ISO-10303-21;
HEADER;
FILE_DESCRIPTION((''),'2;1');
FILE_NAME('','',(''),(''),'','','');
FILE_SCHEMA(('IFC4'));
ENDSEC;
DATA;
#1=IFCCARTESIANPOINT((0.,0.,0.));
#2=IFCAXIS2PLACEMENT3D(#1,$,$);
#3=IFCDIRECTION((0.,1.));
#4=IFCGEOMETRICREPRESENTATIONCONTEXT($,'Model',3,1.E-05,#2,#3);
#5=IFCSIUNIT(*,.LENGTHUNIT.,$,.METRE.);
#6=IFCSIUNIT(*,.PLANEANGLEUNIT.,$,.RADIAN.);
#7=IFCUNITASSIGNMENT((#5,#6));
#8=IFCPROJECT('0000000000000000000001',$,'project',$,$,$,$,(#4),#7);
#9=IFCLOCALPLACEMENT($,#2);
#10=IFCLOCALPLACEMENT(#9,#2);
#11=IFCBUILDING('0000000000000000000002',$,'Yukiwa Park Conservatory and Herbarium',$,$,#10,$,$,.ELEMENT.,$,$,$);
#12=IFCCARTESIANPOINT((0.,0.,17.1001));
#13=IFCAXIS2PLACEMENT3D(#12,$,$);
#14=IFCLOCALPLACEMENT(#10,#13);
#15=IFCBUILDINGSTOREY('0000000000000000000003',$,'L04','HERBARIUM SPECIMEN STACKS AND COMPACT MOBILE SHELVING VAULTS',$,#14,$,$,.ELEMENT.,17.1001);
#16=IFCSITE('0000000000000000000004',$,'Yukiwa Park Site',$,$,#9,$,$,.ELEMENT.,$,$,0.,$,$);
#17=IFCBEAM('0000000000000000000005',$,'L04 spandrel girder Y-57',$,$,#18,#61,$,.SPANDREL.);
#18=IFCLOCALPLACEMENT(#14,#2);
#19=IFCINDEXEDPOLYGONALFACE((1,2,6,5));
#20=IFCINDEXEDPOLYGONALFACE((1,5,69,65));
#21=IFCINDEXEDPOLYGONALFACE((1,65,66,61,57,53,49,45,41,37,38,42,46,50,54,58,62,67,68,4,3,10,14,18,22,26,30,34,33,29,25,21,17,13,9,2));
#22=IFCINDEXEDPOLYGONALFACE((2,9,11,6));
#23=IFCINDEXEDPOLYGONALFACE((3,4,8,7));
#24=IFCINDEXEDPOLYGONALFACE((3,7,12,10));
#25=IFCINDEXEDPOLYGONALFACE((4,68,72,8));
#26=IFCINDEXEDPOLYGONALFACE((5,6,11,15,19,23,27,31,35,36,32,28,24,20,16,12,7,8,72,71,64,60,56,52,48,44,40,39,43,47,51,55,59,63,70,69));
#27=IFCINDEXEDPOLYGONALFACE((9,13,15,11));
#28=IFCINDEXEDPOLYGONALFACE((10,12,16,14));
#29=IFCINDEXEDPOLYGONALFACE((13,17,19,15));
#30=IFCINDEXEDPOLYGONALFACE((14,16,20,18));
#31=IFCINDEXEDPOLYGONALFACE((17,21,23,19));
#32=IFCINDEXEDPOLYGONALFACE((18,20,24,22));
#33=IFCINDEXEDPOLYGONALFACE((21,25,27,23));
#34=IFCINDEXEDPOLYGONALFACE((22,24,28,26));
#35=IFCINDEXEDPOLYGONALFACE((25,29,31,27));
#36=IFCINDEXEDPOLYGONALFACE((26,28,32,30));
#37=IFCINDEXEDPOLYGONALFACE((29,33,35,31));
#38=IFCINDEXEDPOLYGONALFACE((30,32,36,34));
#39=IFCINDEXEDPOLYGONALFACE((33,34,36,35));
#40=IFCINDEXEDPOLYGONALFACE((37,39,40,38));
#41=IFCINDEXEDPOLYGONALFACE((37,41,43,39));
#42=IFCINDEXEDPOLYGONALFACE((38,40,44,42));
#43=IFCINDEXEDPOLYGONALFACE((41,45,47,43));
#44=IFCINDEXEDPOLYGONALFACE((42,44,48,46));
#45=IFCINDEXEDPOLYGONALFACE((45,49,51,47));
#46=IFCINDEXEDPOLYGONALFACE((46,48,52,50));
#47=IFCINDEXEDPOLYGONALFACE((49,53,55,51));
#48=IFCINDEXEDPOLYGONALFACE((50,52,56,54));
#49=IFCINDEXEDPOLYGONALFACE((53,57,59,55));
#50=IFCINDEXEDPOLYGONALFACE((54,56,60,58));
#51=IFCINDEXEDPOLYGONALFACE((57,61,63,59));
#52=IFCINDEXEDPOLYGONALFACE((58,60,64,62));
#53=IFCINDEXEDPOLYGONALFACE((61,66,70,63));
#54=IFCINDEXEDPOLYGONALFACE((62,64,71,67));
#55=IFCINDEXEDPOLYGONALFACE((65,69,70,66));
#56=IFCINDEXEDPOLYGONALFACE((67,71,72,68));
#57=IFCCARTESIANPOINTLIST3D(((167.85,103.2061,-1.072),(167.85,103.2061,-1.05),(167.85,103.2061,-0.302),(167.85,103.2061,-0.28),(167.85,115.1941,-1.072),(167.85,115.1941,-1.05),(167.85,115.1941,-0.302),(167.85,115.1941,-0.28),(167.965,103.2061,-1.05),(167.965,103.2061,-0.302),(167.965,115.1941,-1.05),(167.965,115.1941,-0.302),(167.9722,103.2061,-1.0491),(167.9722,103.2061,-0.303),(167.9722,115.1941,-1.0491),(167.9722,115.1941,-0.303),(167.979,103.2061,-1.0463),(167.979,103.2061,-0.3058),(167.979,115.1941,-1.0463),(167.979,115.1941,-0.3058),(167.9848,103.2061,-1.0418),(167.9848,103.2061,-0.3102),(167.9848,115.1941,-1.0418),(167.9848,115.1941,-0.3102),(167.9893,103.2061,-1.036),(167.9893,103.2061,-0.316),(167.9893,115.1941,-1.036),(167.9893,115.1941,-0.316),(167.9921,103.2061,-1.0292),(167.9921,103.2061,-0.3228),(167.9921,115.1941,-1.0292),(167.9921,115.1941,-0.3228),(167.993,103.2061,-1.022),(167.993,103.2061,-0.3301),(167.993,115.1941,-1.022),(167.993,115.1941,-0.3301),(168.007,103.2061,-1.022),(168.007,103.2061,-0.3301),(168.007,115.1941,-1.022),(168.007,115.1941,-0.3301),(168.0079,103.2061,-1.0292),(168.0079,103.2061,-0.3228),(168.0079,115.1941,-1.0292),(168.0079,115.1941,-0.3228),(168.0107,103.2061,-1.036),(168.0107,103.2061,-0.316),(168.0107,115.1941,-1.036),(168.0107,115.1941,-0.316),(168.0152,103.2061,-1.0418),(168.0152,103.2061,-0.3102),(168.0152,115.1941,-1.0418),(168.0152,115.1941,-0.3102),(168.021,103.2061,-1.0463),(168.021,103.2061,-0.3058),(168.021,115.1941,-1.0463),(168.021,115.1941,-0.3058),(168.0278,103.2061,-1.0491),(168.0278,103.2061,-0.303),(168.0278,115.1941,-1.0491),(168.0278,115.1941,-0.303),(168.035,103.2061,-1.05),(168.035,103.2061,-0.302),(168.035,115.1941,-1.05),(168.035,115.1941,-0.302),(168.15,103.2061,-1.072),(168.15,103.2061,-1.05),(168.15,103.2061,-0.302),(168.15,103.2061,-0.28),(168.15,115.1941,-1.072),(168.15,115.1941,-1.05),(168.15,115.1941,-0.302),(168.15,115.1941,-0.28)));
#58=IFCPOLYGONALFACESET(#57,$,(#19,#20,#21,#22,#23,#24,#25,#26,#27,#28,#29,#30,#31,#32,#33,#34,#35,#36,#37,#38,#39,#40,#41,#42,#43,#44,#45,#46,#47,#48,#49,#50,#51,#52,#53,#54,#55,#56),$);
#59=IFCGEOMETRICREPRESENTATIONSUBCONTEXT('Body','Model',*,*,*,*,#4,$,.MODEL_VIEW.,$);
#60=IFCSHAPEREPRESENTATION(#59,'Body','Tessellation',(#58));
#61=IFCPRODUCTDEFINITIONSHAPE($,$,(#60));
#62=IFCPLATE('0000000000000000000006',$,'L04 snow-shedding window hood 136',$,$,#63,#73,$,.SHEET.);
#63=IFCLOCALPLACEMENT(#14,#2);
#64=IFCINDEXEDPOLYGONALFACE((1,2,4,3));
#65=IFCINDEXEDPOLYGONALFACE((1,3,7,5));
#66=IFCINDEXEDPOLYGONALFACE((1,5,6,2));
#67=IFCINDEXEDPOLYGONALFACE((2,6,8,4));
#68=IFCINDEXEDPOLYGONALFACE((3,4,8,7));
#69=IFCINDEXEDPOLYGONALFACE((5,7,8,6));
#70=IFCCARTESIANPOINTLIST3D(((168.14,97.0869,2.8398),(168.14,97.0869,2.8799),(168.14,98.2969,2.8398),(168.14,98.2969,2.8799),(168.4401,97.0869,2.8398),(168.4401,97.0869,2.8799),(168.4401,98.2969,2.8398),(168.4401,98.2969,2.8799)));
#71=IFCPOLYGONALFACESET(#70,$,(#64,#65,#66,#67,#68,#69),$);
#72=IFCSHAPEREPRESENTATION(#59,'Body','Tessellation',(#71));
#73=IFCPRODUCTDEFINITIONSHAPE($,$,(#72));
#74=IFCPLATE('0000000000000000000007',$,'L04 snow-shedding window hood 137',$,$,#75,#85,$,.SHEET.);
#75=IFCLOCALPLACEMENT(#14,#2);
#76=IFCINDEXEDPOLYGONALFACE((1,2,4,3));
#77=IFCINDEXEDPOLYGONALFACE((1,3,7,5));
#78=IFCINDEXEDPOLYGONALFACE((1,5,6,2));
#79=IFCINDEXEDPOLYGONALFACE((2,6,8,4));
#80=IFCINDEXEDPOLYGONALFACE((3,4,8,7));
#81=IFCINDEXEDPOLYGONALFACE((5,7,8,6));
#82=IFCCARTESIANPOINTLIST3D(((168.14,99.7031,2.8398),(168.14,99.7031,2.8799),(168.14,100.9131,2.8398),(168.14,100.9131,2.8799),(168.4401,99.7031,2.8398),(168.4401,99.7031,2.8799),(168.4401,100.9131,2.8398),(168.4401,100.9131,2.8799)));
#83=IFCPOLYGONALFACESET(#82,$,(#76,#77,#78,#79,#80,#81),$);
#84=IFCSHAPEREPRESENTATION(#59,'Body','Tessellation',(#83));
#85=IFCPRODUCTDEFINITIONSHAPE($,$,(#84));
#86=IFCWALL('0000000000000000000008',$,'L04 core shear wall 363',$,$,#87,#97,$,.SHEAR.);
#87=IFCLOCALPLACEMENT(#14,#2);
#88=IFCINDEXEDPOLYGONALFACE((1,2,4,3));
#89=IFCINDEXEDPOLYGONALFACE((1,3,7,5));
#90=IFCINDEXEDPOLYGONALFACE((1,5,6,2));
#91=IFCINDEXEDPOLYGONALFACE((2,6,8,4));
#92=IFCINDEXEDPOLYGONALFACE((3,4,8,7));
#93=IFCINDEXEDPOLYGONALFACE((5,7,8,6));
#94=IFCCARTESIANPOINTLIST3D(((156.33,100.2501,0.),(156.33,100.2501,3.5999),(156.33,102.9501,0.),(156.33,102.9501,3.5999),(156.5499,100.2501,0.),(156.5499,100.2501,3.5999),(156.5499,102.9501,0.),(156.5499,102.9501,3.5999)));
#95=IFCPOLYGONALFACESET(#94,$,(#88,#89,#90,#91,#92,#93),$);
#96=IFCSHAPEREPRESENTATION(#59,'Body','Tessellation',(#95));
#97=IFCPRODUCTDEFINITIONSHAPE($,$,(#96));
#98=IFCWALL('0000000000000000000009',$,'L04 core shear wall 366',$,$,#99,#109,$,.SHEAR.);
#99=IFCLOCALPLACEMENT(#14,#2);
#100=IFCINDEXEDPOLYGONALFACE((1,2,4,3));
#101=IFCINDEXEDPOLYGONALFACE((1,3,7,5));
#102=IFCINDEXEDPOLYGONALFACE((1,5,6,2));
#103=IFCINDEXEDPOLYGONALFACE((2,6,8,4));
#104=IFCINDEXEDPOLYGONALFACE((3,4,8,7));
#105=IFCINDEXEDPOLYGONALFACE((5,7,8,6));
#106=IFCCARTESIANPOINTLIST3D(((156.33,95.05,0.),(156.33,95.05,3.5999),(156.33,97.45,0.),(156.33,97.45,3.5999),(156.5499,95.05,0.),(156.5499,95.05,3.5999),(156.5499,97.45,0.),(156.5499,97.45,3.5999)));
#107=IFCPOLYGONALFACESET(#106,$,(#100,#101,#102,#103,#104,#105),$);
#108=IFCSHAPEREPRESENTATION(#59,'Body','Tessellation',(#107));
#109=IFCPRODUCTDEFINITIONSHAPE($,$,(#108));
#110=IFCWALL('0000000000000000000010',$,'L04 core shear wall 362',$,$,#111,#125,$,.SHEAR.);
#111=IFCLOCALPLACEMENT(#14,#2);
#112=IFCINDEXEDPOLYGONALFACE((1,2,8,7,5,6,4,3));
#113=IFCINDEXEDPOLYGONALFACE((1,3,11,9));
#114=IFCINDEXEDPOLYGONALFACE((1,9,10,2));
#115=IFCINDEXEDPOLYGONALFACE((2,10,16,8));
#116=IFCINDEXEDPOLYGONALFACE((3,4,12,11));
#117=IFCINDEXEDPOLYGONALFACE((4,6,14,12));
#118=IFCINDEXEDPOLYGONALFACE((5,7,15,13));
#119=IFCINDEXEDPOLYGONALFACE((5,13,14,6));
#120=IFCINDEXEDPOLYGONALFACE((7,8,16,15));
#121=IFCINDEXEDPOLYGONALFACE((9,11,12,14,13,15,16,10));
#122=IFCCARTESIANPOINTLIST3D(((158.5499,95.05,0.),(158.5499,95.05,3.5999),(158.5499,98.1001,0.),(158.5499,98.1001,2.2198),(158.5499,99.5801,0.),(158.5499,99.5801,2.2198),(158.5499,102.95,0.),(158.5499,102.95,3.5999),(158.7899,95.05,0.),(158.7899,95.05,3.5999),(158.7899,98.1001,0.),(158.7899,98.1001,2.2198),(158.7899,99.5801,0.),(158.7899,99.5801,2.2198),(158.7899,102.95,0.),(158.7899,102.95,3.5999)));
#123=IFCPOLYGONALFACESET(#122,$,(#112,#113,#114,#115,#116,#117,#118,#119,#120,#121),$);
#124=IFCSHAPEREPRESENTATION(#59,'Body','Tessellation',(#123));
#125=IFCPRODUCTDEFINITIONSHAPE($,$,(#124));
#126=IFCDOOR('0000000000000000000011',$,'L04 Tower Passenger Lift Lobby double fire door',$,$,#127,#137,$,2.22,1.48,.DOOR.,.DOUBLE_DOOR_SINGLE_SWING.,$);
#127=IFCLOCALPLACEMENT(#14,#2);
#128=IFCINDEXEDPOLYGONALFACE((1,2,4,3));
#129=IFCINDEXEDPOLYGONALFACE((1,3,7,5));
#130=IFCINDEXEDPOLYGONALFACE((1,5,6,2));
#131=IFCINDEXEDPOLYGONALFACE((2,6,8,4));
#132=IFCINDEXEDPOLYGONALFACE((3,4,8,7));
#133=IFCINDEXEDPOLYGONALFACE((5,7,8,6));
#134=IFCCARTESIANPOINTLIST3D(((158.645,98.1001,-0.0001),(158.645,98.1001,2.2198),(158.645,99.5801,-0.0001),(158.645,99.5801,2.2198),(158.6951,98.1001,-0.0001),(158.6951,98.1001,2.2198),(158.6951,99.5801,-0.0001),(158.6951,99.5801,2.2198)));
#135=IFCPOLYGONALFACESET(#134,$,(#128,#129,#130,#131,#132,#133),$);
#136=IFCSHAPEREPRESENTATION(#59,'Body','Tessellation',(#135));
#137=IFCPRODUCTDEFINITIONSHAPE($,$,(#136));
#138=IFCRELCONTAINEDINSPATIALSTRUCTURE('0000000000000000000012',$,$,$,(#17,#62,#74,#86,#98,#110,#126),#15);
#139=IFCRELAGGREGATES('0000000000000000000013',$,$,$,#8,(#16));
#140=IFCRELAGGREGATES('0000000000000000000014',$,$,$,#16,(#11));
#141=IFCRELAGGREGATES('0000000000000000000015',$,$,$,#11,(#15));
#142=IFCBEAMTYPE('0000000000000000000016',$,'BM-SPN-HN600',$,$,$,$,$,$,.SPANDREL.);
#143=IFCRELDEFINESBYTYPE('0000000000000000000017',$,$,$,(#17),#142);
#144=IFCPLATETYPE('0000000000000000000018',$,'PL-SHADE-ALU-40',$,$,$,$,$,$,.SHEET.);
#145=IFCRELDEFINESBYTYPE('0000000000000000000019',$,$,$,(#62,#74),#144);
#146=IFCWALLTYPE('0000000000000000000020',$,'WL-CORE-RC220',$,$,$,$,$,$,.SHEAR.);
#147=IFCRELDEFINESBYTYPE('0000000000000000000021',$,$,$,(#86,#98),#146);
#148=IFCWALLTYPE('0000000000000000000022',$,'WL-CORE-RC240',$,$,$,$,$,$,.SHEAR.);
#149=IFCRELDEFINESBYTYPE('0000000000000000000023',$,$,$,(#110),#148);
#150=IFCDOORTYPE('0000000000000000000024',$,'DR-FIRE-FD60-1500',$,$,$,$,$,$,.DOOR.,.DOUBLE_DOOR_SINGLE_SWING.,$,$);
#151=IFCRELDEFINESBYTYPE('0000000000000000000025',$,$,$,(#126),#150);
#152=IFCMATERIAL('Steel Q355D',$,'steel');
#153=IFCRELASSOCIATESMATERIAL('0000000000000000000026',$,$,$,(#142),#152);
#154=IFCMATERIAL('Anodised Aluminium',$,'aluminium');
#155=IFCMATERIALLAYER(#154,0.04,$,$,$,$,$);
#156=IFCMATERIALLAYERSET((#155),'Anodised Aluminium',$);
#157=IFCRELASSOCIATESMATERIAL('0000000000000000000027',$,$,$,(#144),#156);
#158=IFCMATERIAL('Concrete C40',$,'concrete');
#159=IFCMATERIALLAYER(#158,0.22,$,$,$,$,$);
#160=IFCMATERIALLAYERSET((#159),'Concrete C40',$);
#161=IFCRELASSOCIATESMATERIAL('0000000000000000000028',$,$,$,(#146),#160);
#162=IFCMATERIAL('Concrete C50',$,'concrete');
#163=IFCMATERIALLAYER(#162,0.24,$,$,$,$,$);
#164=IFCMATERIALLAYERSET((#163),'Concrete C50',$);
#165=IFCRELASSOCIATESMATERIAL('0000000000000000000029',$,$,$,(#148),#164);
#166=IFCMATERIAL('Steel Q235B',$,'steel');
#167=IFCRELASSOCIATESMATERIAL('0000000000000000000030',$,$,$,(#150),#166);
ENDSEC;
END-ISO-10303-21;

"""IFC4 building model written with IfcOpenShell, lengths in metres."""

from ifc_helpers import new_model, si_unit, direction, frame, frame_2d, origin, origin_2d, place, context, subcontext, project, spatial, rectangle, i_section, extrude, material, layer, layer_set, material_profile, profile_set, type_object, element, fill, save


model = new_model("IFC4")

# Units and contexts
model_context = context("Model", 3, precision=1e-05, world=origin(), true_north=direction((0.0, 1.0)))
body_context = subcontext(model_context, "Body", "Model", "MODEL_VIEW")
ifc_project = project(units=[si_unit("LENGTHUNIT", "METRE"), si_unit("PLANEANGLEUNIT", "RADIAN")], contexts=[model_context])

# Site, building, storey
site_placement = place(None, origin())
site = spatial("IfcSite", under=ifc_project, at=site_placement, Name="Yukiwa Park Site", CompositionType="ELEMENT", RefElevation=0.0)
building_placement = place(site_placement, origin())
building = spatial("IfcBuilding", under=site, at=building_placement, Name="Yukiwa Park Conservatory and Herbarium", CompositionType="ELEMENT")
storey_placement = place(building_placement, frame((0.0, 0.0, 17.1001)))
storey = spatial("IfcBuildingStorey", under=building, at=storey_placement, Name="L04", Description="HERBARIUM SPECIMEN STACKS AND COMPACT MOBILE SHELVING VAULTS", CompositionType="ELEMENT", Elevation=17.1001)

# Beam
ifc_material_1 = material(Name="Steel Q355D", Category="steel")
ifc_material_profile_1 = material_profile(ifc_material_1, i_section(OverallWidth=0.3, OverallDepth=0.792, WebThickness=0.0139, FlangeThickness=0.022, FilletRadius=0.0281, at=origin_2d()), Name="HN 792x300x14x22")
ifc_profile_set_1 = profile_set([ifc_material_profile_1], Name="Steel Q355D")
beam_type_1 = type_object("IfcBeamType", Name="BM-SPN-HN600", PredefinedType="SPANDREL", material=ifc_profile_set_1)
beam_1_placement = place(storey_placement, frame((168.0, 103.2061, -0.676), z_axis=(0.0, 1.0, 0.0), x_axis=(-1.0, 0.0, 0.0)))
element("IfcBeam", 1, at=beam_1_placement, inside=storey, type_object=beam_type_1, Name="L04 spandrel girder Y-57", PredefinedType="SPANDREL", context=body_context, shape_type="SweptSolid", body=[
    extrude(i_section(OverallWidth=0.3, OverallDepth=0.792, WebThickness=0.0139, FlangeThickness=0.022, FilletRadius=0.0281, at=origin_2d()), origin(), (0.0, 0.0, 1.0), 11.988),
])

# Plates
ifc_material_2 = material(Name="Anodised Aluminium", Category="aluminium")
ifc_layer_1 = layer(ifc_material_2, 0.04)
ifc_layer_set_1 = layer_set([ifc_layer_1], Name="Anodised Aluminium")
plate_type = type_object("IfcPlateType", Name="PL-SHADE-ALU-40", PredefinedType="SHEET", material=ifc_layer_set_1)
for number, where, z_axis, x_axis, name in (
    (2, (168.29, 97.6919, 2.8398), (0.0, 0.0, 1.0), (0.0, 1.0, 0.0), "L04 snow-shedding window hood 136"),
    (3, (168.29, 100.3081, 2.8398), (0.0, 0.0, 1.0), (0.0, 1.0, 0.0), "L04 snow-shedding window hood 137"),
):
    element("IfcPlate", number, at=place(storey_placement, frame(where, z_axis=z_axis, x_axis=x_axis)), inside=storey, type_object=plate_type, Name=name, PredefinedType="SHEET", context=body_context, shape_type="SweptSolid", body=[
        extrude(rectangle(XDim=1.21, YDim=0.3, at=origin_2d()), origin(), (0.0, 0.0, 1.0), 0.04),
    ])

# Wall
ifc_material_3 = material(Name="Concrete C40", Category="concrete")
ifc_layer_2 = layer(ifc_material_3, 0.22)
ifc_layer_set_2 = layer_set([ifc_layer_2], Name="Concrete C40")
wall_type_1 = type_object("IfcWallType", Name="WL-CORE-RC220", PredefinedType="SHEAR", material=ifc_layer_set_2)
wall_1_placement = place(storey_placement, frame((156.4399, 100.25, 0.0), z_axis=(0.0, 0.0, 1.0), x_axis=(0.0, 1.0, 0.0)))
element("IfcWall", 4, at=wall_1_placement, inside=storey, type_object=wall_type_1, Name="L04 core shear wall 363", PredefinedType="SHEAR", context=body_context, shape_type="SweptSolid", body=[
    extrude(rectangle(XDim=2.7, YDim=0.22, at=frame_2d((1.3501, 0.0))), origin(), (0.0, 0.0, 1.0), 3.5999),
])

# Wall
wall_2_placement = place(storey_placement, frame((156.4399, 95.05, 0.0), z_axis=(0.0, 0.0, 1.0), x_axis=(0.0, 1.0, 0.0)))
element("IfcWall", 5, at=wall_2_placement, inside=storey, type_object=wall_type_1, Name="L04 core shear wall 366", PredefinedType="SHEAR", context=body_context, shape_type="SweptSolid", body=[
    extrude(rectangle(XDim=2.3999, YDim=0.22, at=frame_2d((1.2, 0.0))), origin(), (0.0, 0.0, 1.0), 3.5999),
])

# Wall, opening, door
ifc_material_4 = material(Name="Concrete C50", Category="concrete")
ifc_layer_3 = layer(ifc_material_4, 0.24)
ifc_layer_set_3 = layer_set([ifc_layer_3], Name="Concrete C50")
wall_type_2 = type_object("IfcWallType", Name="WL-CORE-RC240", PredefinedType="SHEAR", material=ifc_layer_set_3)
wall_3_placement = place(storey_placement, frame((158.6699, 95.05, 0.0), z_axis=(0.0, 0.0, 1.0), x_axis=(0.0, 1.0, 0.0)))
wall_3 = element("IfcWall", 6, at=wall_3_placement, inside=storey, type_object=wall_type_2, Name="L04 core shear wall 362", PredefinedType="SHEAR", context=body_context, shape_type="SweptSolid", body=[
    extrude(rectangle(XDim=7.8999, YDim=0.24, at=frame_2d((3.95, 0.0))), origin(), (0.0, 0.0, 1.0), 3.5999),
])
opening_1_placement = place(wall_3_placement, frame((3.05, 0.0, 0.0)))
opening_1 = element("IfcOpeningElement", 7, at=opening_1_placement, cuts=wall_3, PredefinedType="OPENING", context=body_context, shape_type="SweptSolid", body=[
    extrude(rectangle(XDim=1.48, YDim=2.22, at=frame_2d((0.74, 1.1099))), frame((0.0, 0.1299, 0.0), z_axis=(0.0, -1.0, 0.0), x_axis=(1.0, 0.0, 0.0)), (0.0, 0.0, 1.0), 0.26),
])
ifc_material_5 = material(Name="Steel Q235B", Category="steel")
door_type_1 = type_object("IfcDoorType", Name="DR-FIRE-FD60-1500", OperationType="DOUBLE_DOOR_SINGLE_SWING", PredefinedType="DOOR", material=ifc_material_5)
door_1_placement = place(opening_1_placement, origin())
door_1 = element("IfcDoor", 8, at=door_1_placement, inside=storey, type_object=door_type_1, Name="L04 Tower Passenger Lift Lobby double fire door", OperationType="DOUBLE_DOOR_SINGLE_SWING", OverallHeight=2.22, OverallWidth=1.48, PredefinedType="DOOR", context=body_context, shape_type="SweptSolid", body=[
    extrude(rectangle(XDim=1.48, YDim=2.22, at=frame_2d((0.74, 1.1099))), frame((0.0, 0.0249, 0.0), z_axis=(0.0, -1.0, 0.0), x_axis=(1.0, 0.0, 0.0)), (0.0, 0.0, 1.0), 0.05),
])
fill(opening_1, door_1)

save(model, "model.ifc")
